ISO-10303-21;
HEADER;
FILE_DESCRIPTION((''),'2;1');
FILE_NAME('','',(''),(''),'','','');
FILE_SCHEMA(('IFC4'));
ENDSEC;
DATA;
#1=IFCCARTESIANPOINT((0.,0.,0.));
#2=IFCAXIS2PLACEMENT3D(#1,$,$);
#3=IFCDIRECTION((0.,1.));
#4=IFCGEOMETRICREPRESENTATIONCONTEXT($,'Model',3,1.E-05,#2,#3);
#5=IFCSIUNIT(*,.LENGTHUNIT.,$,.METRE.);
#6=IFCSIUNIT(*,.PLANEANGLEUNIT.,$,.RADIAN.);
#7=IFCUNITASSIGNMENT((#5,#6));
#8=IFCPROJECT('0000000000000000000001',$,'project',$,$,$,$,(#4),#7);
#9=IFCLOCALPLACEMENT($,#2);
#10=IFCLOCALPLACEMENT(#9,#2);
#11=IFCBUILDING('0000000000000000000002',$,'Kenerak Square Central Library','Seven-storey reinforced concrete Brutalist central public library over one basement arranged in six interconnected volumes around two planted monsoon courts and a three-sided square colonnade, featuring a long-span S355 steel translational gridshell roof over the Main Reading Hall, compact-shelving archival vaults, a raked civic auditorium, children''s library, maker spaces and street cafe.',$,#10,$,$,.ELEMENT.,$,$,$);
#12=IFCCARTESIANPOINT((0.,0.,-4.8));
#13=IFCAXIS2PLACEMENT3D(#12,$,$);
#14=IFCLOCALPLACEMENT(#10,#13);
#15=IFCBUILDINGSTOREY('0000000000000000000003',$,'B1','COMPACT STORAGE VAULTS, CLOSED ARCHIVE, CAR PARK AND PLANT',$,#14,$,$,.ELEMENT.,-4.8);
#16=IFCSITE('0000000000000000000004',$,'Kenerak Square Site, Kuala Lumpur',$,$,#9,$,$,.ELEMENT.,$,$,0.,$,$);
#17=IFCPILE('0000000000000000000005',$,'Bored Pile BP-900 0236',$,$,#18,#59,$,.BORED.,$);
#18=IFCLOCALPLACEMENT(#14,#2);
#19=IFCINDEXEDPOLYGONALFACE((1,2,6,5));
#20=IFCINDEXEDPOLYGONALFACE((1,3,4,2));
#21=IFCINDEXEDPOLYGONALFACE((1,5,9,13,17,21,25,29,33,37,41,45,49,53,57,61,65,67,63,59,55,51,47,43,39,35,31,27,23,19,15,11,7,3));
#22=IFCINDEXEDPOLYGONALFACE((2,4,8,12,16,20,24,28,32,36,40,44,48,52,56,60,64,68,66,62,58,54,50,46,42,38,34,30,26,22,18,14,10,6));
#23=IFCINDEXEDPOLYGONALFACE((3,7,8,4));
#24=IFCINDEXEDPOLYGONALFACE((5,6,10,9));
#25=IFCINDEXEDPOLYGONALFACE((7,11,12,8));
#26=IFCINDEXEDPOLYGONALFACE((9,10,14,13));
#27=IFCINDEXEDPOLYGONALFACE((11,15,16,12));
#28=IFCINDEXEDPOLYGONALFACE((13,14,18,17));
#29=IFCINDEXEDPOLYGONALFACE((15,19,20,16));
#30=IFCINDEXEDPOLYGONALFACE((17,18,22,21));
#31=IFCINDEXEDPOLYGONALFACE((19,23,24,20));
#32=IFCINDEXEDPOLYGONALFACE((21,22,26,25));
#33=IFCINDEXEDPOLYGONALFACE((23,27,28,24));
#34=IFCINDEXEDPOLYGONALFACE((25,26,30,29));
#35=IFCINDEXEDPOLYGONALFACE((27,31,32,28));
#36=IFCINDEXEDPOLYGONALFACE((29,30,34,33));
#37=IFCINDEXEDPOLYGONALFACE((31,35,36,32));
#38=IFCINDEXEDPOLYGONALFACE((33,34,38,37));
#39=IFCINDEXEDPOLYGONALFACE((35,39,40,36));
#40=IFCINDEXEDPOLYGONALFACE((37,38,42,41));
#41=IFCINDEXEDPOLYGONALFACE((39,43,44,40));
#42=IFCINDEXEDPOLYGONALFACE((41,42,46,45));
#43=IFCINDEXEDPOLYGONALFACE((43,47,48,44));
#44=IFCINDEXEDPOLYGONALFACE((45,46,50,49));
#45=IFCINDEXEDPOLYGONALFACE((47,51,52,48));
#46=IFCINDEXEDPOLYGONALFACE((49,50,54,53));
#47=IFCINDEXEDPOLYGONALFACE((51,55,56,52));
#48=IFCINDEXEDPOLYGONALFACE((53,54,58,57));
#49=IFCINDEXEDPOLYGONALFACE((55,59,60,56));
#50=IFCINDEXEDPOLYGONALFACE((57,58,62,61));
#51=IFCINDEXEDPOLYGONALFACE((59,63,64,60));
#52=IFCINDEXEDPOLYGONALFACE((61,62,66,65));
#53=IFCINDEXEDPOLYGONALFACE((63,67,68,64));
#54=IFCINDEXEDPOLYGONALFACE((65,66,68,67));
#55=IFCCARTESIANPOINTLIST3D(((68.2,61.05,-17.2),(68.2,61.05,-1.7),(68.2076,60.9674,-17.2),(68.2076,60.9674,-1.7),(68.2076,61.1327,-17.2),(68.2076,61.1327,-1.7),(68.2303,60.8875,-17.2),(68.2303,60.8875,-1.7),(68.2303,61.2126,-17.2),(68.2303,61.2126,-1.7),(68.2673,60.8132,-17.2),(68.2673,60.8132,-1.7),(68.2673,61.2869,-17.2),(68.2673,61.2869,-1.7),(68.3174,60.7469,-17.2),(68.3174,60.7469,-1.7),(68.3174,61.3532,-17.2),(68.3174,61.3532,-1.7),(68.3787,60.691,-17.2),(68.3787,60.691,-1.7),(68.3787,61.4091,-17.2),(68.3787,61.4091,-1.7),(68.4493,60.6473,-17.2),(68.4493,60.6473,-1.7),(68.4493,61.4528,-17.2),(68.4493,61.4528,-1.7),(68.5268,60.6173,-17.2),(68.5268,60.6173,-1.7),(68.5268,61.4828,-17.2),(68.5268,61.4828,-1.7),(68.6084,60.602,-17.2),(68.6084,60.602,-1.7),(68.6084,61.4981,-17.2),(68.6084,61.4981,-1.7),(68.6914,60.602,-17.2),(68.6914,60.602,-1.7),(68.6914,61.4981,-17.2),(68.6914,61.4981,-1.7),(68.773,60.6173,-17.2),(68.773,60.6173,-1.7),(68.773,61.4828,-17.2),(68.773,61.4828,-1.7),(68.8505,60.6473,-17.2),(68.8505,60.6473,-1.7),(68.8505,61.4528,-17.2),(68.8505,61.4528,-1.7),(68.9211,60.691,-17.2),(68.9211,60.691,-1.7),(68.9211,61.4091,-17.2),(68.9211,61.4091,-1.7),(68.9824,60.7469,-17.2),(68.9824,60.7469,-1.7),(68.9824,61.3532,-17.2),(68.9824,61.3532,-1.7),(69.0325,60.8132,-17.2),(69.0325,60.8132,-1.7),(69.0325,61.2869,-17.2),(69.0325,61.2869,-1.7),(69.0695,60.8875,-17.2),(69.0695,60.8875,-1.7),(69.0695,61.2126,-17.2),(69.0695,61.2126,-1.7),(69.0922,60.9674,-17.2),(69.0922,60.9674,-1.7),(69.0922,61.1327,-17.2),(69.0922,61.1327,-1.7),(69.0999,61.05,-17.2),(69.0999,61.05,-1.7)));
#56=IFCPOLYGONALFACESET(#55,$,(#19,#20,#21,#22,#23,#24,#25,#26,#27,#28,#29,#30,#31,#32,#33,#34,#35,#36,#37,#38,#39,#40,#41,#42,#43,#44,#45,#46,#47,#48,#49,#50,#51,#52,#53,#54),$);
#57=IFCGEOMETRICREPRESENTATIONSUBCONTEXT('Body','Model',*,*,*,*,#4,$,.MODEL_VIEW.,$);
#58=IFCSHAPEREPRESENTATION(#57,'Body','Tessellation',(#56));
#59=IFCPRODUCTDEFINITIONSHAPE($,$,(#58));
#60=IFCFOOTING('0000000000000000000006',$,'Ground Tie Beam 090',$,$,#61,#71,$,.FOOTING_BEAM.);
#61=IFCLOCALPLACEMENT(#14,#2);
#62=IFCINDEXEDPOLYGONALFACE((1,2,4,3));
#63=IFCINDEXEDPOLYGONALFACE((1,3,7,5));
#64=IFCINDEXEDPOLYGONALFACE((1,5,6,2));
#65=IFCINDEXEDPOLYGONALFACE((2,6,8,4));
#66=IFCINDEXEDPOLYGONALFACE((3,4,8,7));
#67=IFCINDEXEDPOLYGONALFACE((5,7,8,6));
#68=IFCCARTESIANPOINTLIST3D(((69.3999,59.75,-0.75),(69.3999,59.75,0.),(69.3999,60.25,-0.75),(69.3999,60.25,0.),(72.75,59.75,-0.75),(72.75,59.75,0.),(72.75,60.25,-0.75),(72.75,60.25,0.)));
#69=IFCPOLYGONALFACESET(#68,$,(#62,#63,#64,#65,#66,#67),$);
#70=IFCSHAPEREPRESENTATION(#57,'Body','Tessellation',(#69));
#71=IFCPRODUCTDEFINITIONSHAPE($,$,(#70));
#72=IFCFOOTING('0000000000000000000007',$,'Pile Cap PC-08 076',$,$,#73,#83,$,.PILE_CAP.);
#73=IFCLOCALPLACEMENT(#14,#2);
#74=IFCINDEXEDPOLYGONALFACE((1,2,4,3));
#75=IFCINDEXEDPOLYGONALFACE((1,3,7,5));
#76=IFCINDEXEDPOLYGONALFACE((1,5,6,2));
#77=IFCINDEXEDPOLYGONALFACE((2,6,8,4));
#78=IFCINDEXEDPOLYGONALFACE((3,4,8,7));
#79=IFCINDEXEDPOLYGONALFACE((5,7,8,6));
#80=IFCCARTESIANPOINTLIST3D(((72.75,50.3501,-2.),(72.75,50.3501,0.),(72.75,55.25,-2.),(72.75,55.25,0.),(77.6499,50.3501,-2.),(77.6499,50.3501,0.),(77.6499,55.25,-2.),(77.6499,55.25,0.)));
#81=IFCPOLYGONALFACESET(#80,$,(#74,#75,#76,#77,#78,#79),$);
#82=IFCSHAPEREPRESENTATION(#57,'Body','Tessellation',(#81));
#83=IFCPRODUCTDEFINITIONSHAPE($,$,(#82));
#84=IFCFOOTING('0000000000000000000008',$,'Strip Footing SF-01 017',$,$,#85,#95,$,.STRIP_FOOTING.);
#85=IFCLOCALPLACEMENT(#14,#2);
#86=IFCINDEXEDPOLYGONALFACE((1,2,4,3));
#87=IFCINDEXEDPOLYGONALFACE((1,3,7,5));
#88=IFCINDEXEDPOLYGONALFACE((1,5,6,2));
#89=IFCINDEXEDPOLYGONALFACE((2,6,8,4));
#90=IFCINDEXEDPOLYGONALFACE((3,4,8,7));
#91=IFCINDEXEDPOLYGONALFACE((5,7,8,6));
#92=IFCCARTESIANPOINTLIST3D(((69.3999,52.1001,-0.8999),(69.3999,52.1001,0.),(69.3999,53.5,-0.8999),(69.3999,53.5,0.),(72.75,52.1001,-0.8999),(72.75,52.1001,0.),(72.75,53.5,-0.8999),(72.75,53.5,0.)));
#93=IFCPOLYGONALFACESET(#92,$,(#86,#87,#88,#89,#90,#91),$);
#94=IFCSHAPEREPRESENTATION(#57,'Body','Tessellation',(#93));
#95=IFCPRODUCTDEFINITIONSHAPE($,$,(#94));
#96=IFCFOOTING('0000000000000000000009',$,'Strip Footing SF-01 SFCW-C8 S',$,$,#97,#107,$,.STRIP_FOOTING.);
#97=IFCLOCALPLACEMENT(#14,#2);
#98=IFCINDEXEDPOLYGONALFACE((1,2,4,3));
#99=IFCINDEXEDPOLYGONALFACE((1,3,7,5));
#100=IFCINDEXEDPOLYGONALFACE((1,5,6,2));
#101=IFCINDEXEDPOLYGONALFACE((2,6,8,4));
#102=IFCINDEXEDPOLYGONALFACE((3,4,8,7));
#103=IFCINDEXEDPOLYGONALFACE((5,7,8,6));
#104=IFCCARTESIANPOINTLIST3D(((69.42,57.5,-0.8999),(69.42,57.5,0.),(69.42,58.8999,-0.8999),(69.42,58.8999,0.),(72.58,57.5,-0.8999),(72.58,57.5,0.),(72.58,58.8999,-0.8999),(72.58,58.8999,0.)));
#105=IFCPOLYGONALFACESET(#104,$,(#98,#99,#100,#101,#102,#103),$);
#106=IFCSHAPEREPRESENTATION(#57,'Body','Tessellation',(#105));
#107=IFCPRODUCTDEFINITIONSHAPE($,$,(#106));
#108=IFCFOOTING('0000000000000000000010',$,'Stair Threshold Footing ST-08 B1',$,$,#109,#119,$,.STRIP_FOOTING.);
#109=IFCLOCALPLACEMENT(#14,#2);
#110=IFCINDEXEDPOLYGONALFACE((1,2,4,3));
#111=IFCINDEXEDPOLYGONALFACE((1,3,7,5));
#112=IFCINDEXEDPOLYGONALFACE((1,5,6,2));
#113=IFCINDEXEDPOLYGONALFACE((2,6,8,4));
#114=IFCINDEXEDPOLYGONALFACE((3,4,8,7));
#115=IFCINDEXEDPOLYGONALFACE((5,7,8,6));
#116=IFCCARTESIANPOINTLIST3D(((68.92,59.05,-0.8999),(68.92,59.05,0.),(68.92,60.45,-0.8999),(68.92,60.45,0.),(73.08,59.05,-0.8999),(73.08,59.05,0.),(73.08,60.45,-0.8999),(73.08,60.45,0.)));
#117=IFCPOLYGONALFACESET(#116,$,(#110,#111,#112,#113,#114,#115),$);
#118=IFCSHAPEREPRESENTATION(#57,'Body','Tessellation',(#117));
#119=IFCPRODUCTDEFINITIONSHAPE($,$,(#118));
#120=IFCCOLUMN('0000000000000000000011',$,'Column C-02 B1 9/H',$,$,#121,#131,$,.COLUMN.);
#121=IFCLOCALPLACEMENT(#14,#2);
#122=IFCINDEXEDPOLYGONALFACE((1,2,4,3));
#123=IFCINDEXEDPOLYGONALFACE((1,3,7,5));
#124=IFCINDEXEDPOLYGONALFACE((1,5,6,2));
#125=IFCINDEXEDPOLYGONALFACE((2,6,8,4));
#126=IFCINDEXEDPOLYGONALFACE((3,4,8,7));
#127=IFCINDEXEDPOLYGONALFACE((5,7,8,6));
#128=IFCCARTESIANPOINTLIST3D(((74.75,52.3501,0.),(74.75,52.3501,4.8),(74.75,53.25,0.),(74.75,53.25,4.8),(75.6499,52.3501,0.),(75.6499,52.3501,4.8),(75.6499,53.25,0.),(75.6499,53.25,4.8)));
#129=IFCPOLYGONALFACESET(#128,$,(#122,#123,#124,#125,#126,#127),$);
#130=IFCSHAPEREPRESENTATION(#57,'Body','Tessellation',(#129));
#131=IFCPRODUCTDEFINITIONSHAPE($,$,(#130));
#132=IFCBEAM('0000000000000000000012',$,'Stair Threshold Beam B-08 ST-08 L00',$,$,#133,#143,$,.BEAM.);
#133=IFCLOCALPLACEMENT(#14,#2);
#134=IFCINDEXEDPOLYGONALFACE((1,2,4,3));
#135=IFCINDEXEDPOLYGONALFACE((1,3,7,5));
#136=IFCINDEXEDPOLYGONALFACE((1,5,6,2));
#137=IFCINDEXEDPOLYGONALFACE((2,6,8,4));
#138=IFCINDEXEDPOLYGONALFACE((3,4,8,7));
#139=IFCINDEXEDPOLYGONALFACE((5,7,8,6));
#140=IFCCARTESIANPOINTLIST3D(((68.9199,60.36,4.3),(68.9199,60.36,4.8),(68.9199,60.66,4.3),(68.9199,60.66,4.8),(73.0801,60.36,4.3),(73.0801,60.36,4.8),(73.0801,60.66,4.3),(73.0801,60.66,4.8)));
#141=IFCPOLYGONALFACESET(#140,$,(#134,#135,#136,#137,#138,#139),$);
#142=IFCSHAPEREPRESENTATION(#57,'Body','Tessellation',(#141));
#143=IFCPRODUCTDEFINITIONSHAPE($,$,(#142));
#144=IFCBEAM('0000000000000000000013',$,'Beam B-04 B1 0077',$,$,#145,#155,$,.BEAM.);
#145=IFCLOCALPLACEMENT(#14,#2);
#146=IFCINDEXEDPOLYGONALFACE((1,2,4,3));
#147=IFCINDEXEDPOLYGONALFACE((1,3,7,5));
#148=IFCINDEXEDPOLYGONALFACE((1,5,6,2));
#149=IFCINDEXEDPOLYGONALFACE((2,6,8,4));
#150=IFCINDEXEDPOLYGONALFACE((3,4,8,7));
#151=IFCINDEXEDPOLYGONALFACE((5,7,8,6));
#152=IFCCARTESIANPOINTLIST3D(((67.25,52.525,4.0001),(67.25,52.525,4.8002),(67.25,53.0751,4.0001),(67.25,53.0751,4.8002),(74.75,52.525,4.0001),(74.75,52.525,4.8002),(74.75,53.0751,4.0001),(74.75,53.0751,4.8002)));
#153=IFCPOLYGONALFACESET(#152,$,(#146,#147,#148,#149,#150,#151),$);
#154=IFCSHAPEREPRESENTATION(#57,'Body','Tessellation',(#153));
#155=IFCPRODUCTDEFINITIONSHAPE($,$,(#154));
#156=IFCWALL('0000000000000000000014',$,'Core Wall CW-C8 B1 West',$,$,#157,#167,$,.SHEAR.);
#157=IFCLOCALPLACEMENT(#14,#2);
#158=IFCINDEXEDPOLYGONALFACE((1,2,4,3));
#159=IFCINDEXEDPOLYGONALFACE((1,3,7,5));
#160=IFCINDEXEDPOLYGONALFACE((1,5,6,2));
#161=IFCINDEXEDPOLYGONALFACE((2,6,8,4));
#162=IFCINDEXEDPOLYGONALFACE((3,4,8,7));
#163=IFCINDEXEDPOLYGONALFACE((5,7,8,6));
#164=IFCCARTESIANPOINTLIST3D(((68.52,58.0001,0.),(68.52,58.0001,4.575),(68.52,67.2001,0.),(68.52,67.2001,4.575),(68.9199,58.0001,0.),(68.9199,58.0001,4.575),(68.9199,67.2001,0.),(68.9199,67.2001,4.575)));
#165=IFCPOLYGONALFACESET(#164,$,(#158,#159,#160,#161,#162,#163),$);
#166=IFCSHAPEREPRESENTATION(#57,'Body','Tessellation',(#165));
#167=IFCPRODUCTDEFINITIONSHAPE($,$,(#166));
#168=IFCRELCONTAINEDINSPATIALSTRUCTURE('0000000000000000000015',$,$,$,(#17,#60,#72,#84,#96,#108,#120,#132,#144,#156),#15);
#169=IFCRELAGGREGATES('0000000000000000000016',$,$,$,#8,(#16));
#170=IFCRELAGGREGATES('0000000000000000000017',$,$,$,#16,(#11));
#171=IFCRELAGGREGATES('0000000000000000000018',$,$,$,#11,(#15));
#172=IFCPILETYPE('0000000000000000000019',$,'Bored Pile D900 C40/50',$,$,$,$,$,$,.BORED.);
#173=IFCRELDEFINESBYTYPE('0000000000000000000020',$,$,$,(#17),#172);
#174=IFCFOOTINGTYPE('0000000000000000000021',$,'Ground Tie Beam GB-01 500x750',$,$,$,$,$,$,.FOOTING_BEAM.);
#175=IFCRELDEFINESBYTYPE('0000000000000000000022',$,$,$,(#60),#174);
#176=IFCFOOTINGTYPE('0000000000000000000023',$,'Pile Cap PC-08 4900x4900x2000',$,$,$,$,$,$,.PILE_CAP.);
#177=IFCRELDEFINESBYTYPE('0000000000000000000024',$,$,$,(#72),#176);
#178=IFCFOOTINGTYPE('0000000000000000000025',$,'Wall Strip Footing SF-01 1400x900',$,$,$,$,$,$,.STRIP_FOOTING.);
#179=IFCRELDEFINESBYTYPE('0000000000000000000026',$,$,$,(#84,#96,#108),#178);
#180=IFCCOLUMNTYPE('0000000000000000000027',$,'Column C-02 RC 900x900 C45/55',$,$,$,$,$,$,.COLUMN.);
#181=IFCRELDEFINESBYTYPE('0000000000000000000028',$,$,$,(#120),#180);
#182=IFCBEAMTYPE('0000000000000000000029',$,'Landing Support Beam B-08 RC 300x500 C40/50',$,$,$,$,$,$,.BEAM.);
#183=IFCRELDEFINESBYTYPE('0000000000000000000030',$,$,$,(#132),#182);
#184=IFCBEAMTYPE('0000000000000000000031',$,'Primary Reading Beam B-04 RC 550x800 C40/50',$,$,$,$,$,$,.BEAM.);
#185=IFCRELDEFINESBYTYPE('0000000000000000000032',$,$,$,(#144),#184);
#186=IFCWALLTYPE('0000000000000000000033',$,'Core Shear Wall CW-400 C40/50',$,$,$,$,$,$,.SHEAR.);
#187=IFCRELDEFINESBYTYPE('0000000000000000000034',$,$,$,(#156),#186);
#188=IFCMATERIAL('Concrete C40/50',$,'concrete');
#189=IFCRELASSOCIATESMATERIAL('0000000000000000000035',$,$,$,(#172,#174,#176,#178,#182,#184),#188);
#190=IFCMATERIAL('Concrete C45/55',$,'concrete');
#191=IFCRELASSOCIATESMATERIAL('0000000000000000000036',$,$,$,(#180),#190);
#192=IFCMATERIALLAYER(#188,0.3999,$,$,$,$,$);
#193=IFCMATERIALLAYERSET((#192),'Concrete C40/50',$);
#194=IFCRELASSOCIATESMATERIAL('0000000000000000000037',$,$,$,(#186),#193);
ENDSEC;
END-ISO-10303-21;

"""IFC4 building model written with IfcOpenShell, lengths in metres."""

from ifc_helpers import new_model, si_unit, direction, frame, frame_2d, origin, origin_2d, place, context, subcontext, project, spatial, rectangle, circle, extrude, material, layer, layer_set, material_profile, profile_set, type_object, element, save


model = new_model("IFC4")

# Units and contexts
model_context = context("Model", 3, precision=1e-05, world=origin(), true_north=direction((0.0, 1.0)))
body_context = subcontext(model_context, "Body", "Model", "MODEL_VIEW")
ifc_project = project(units=[si_unit("LENGTHUNIT", "METRE"), si_unit("PLANEANGLEUNIT", "RADIAN")], contexts=[model_context])

# Site, building, storey
site_placement = place(None, origin())
site = spatial("IfcSite", under=ifc_project, at=site_placement, Name="Kenerak Square Site, Kuala Lumpur", CompositionType="ELEMENT", RefElevation=0.0)
building_placement = place(site_placement, origin())
building = spatial("IfcBuilding", under=site, at=building_placement, Name="Kenerak Square Central Library", Description="Seven-storey reinforced concrete Brutalist central public library over one basement arranged in six interconnected volumes around two planted monsoon courts and a three-sided square colonnade, featuring a long-span S355 steel translational gridshell roof over the Main Reading Hall, compact-shelving archival vaults, a raked civic auditorium, children's library, maker spaces and street cafe.", CompositionType="ELEMENT")
storey_placement = place(building_placement, frame((0.0, 0.0, -4.8)))
storey = spatial("IfcBuildingStorey", under=building, at=storey_placement, Name="B1", Description="COMPACT STORAGE VAULTS, CLOSED ARCHIVE, CAR PARK AND PLANT", CompositionType="ELEMENT", Elevation=-4.8)

# Pile
ifc_material_1 = material(Name="Concrete C40/50", Category="concrete")
ifc_material_profile_1 = material_profile(ifc_material_1, circle(Radius=0.45, at=origin_2d()), Name="BP D900")
ifc_profile_set_1 = profile_set([ifc_material_profile_1], Name="Concrete C40/50")
pile_type_1 = type_object("IfcPileType", Name="Bored Pile D900 C40/50", PredefinedType="BORED", material=ifc_profile_set_1)
for number, where, z_axis, x_axis, name in (
    (1, (68.6499, 61.05, -1.7), (0.0, 0.0, -1.0), (1.0, 0.0, 0.0), "Bored Pile BP-900 0236"),
):
    element("IfcPile", number, at=place(storey_placement, frame(where, z_axis=z_axis, x_axis=x_axis)), inside=storey, type_object=pile_type_1, Name=name, PredefinedType="BORED", context=body_context, shape_type="SweptSolid", body=[
        extrude(circle(Radius=0.45, at=origin_2d()), origin(), (0.0, 0.0, 1.0), 15.5),
    ])

# Footings
footing_type_1 = type_object("IfcFootingType", Name="Ground Tie Beam GB-01 500x750", PredefinedType="FOOTING_BEAM", material=ifc_material_1)
footing_1_placement = place(storey_placement, frame((71.075, 60.0, -0.75), z_axis=(0.0, 0.0, 1.0), x_axis=(1.0, 0.0, 0.0)))
element("IfcFooting", 2, at=footing_1_placement, inside=storey, type_object=footing_type_1, Name="Ground Tie Beam 090", PredefinedType="FOOTING_BEAM", context=body_context, shape_type="SweptSolid", body=[
    extrude(rectangle(XDim=3.3501, YDim=0.5, at=origin_2d()), origin(), (0.0, 0.0, 1.0), 0.75),
])
footing_type_2 = type_object("IfcFootingType", Name="Pile Cap PC-08 4900x4900x2000", PredefinedType="PILE_CAP", material=ifc_material_1)
footing_2_placement = place(storey_placement, frame((75.2, 52.8, -2.0), z_axis=(0.0, 0.0, 1.0), x_axis=(1.0, 0.0, 0.0)))
element("IfcFooting", 3, at=footing_2_placement, inside=storey, type_object=footing_type_2, Name="Pile Cap PC-08 076", PredefinedType="PILE_CAP", context=body_context, shape_type="SweptSolid", body=[
    extrude(rectangle(XDim=4.8999, YDim=4.8999, at=origin_2d()), origin(), (0.0, 0.0, 1.0), 2.0),
])
footing_type_3 = type_object("IfcFootingType", Name="Wall Strip Footing SF-01 1400x900", PredefinedType="STRIP_FOOTING", material=ifc_material_1)
footing_3_placement = place(storey_placement, frame((71.075, 52.8, -0.8999), z_axis=(0.0, 0.0, 1.0), x_axis=(1.0, 0.0, 0.0)))
element("IfcFooting", 4, at=footing_3_placement, inside=storey, type_object=footing_type_3, Name="Strip Footing SF-01 017", PredefinedType="STRIP_FOOTING", context=body_context, shape_type="SweptSolid", body=[
    extrude(rectangle(XDim=3.3501, YDim=1.3999, at=origin_2d()), origin(), (0.0, 0.0, 1.0), 0.8999),
])
footing_4_placement = place(storey_placement, frame((71.0, 58.2, -0.8999), z_axis=(0.0, 0.0, 1.0), x_axis=(1.0, 0.0, 0.0)))
element("IfcFooting", 5, at=footing_4_placement, inside=storey, type_object=footing_type_3, Name="Strip Footing SF-01 SFCW-C8 S", PredefinedType="STRIP_FOOTING", context=body_context, shape_type="SweptSolid", body=[
    extrude(rectangle(XDim=3.1599, YDim=1.3999, at=origin_2d()), origin(), (0.0, 0.0, 1.0), 0.8999),
])
footing_5_placement = place(storey_placement, frame((71.0, 59.75, -0.8999), z_axis=(0.0, 0.0, 1.0), x_axis=(1.0, 0.0, 0.0)))
element("IfcFooting", 6, at=footing_5_placement, inside=storey, type_object=footing_type_3, Name="Stair Threshold Footing ST-08 B1", PredefinedType="STRIP_FOOTING", context=body_context, shape_type="SweptSolid", body=[
    extrude(rectangle(XDim=4.1599, YDim=1.3999, at=origin_2d()), origin(), (0.0, 0.0, 1.0), 0.8999),
])

# Column
ifc_material_2 = material(Name="Concrete C45/55", Category="concrete")
ifc_material_profile_2 = material_profile(ifc_material_2, rectangle(XDim=0.8999, YDim=0.8999, at=origin_2d()), Name="RC 900x900")
ifc_profile_set_2 = profile_set([ifc_material_profile_2], Name="Concrete C45/55")
column_type = type_object("IfcColumnType", Name="Column C-02 RC 900x900 C45/55", PredefinedType="COLUMN", material=ifc_profile_set_2)
column_placement = place(storey_placement, frame((75.2, 52.8, 0.0), z_axis=(0.0, 0.0, 1.0), x_axis=(1.0, 0.0, 0.0)))
element("IfcColumn", 7, at=column_placement, inside=storey, type_object=column_type, Name="Column C-02 B1 9/H", PredefinedType="COLUMN", context=body_context, shape_type="SweptSolid", body=[
    extrude(rectangle(XDim=0.8999, YDim=0.8999, at=origin_2d()), origin(), (0.0, 0.0, 1.0), 4.8),
])

# Beams
ifc_material_profile_3 = material_profile(ifc_material_1, rectangle(XDim=0.3, YDim=0.5, at=origin_2d()), Name="RC 300x500")
ifc_profile_set_3 = profile_set([ifc_material_profile_3], Name="Concrete C40/50")
beam_type_1 = type_object("IfcBeamType", Name="Landing Support Beam B-08 RC 300x500 C40/50", PredefinedType="BEAM", material=ifc_profile_set_3)
beam_1_placement = place(storey_placement, frame((68.9199, 60.51, 4.55), z_axis=(1.0, 0.0, 0.0), x_axis=(0.0, 1.0, 0.0)))
element("IfcBeam", 8, at=beam_1_placement, inside=storey, type_object=beam_type_1, Name="Stair Threshold Beam B-08 ST-08 L00", PredefinedType="BEAM", context=body_context, shape_type="SweptSolid", body=[
    extrude(rectangle(XDim=0.3, YDim=0.5, at=origin_2d()), origin(), (0.0, 0.0, 1.0), 4.1602),
])
ifc_material_profile_4 = material_profile(ifc_material_1, rectangle(XDim=0.55, YDim=0.8, at=origin_2d()), Name="RC 550x800")
ifc_profile_set_4 = profile_set([ifc_material_profile_4], Name="Concrete C40/50")
beam_type_2 = type_object("IfcBeamType", Name="Primary Reading Beam B-04 RC 550x800 C40/50", PredefinedType="BEAM", material=ifc_profile_set_4)
beam_2_placement = place(storey_placement, frame((67.25, 52.8, 4.4001), z_axis=(1.0, 0.0, 0.0), x_axis=(0.0, 1.0, 0.0)))
element("IfcBeam", 9, at=beam_2_placement, inside=storey, type_object=beam_type_2, Name="Beam B-04 B1 0077", PredefinedType="BEAM", context=body_context, shape_type="SweptSolid", body=[
    extrude(rectangle(XDim=0.55, YDim=0.8, at=origin_2d()), origin(), (0.0, 0.0, 1.0), 7.5),
])

# Wall
ifc_layer_1 = layer(ifc_material_1, 0.3999)
ifc_layer_set_1 = layer_set([ifc_layer_1], Name="Concrete C40/50")
wall_type_1 = type_object("IfcWallType", Name="Core Shear Wall CW-400 C40/50", PredefinedType="SHEAR", material=ifc_layer_set_1)
wall_1_placement = place(storey_placement, frame((68.72, 58.0, 0.0), z_axis=(0.0, 0.0, 1.0), x_axis=(0.0, 1.0, 0.0)))
element("IfcWall", 10, at=wall_1_placement, inside=storey, type_object=wall_type_1, Name="Core Wall CW-C8 B1 West", PredefinedType="SHEAR", context=body_context, shape_type="SweptSolid", body=[
    extrude(rectangle(XDim=9.2, YDim=0.3999, at=frame_2d((4.6001, 0.0))), origin(), (0.0, 0.0, 1.0), 4.575),
])

save(model, "model.ifc")
